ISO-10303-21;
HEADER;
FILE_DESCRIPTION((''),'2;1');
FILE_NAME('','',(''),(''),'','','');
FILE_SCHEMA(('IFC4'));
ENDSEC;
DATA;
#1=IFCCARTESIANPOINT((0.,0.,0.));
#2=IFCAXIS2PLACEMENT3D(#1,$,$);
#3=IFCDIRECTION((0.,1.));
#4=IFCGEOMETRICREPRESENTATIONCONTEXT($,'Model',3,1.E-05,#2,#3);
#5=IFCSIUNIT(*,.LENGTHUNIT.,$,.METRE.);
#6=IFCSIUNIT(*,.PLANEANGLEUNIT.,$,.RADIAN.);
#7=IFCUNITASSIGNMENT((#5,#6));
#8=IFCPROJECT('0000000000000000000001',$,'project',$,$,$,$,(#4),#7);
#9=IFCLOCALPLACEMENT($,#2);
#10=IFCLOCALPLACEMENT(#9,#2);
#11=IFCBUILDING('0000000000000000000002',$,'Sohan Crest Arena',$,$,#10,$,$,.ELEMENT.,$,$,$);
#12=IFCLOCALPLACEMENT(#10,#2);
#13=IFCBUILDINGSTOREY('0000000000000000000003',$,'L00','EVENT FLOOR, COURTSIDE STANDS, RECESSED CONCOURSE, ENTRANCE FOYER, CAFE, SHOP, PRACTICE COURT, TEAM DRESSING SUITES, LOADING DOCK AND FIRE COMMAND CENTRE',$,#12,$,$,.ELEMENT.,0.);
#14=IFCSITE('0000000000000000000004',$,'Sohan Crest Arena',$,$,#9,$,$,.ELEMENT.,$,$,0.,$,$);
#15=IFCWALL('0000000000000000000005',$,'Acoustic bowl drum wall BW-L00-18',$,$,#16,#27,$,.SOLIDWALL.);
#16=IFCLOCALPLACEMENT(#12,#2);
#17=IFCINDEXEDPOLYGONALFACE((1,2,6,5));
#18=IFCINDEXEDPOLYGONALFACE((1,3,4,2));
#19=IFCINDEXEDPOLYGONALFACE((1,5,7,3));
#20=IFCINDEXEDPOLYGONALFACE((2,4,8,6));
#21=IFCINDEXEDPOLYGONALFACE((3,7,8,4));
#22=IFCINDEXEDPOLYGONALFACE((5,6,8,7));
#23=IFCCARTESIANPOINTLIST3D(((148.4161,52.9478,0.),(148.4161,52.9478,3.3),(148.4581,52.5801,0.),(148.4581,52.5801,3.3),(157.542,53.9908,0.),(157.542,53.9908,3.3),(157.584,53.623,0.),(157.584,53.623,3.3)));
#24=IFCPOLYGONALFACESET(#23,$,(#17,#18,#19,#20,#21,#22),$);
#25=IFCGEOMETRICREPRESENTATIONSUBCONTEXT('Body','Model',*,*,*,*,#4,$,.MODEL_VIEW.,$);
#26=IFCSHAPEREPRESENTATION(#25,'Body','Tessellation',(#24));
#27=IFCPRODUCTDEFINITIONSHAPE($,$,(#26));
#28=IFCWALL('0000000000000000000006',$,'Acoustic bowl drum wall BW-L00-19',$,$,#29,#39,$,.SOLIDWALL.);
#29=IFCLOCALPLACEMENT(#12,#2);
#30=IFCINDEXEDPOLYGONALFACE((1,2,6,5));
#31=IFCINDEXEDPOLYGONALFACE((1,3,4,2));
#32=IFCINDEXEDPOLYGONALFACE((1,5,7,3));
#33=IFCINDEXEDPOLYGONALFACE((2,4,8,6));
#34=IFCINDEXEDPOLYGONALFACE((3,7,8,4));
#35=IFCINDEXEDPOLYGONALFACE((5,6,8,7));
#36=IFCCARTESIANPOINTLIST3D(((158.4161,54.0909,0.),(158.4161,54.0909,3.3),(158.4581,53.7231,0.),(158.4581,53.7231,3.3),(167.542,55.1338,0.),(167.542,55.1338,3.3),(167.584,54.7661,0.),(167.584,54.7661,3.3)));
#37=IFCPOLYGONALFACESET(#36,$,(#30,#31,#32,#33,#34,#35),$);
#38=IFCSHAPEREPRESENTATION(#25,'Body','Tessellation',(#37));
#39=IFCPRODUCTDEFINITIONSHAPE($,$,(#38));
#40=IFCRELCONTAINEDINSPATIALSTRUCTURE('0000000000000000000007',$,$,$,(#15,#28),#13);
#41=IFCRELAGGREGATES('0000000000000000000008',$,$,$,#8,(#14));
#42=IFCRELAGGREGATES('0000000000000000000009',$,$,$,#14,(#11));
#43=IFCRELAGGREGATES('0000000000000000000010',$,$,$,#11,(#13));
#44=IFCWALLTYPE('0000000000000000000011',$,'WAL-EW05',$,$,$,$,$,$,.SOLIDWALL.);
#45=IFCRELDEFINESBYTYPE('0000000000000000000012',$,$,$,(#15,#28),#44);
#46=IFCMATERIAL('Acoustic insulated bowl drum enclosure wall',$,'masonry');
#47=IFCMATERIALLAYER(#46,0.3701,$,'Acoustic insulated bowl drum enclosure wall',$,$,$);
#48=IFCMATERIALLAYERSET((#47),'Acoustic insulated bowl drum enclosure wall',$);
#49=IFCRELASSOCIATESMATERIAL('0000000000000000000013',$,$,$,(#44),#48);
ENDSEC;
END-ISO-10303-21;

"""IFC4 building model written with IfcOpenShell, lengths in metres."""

from ifc_helpers import new_model, si_unit, direction, frame, frame_2d, origin, place, context, subcontext, project, spatial, rectangle, extrude, material, layer, layer_set, type_object, element, save


model = new_model("IFC4")

# Units and contexts
model_context = context("Model", 3, precision=1e-05, world=origin(), true_north=direction((0.0, 1.0)))
body_context = subcontext(model_context, "Body", "Model", "MODEL_VIEW")
ifc_project = project(units=[si_unit("LENGTHUNIT", "METRE"), si_unit("PLANEANGLEUNIT", "RADIAN")], contexts=[model_context])

# Site, building, storey
site_placement = place(None, origin())
site = spatial("IfcSite", under=ifc_project, at=site_placement, Name="Sohan Crest Arena", CompositionType="ELEMENT", RefElevation=0.0)
building_placement = place(site_placement, origin())
building = spatial("IfcBuilding", under=site, at=building_placement, Name="Sohan Crest Arena", CompositionType="ELEMENT")
storey_placement = place(building_placement, origin())
storey = spatial("IfcBuildingStorey", under=building, at=storey_placement, Name="L00", Description="EVENT FLOOR, COURTSIDE STANDS, RECESSED CONCOURSE, ENTRANCE FOYER, CAFE, SHOP, PRACTICE COURT, TEAM DRESSING SUITES, LOADING DOCK AND FIRE COMMAND CENTRE", CompositionType="ELEMENT", Elevation=0.0)

# Walls
ifc_material_1 = material(Name="Acoustic insulated bowl drum enclosure wall", Category="masonry")
ifc_layer_1 = layer(ifc_material_1, 0.3701, Name="Acoustic insulated bowl drum enclosure wall")
ifc_layer_set_1 = layer_set([ifc_layer_1], Name="Acoustic insulated bowl drum enclosure wall")
wall_type_1 = type_object("IfcWallType", Name="WAL-EW05", PredefinedType="SOLIDWALL", material=ifc_layer_set_1)
for number, where, z_axis, x_axis, name in (
    (1, (148.437, 52.7639, 0.0), (0.0, 0.0, 1.0), (0.993533, 0.113547, 0.0), "Acoustic bowl drum wall BW-L00-18"),
    (2, (158.437, 53.907, 0.0), (0.0, 0.0, 1.0), (0.993533, 0.113547, 0.0), "Acoustic bowl drum wall BW-L00-19"),
):
    element("IfcWall", number, at=place(storey_placement, frame(where, z_axis=z_axis, x_axis=x_axis)), inside=storey, type_object=wall_type_1, Name=name, PredefinedType="SOLIDWALL", context=body_context, shape_type="SweptSolid", body=[
        extrude(rectangle(XDim=9.1853, YDim=0.3701, at=frame_2d((4.5928, 0.0))), origin(), (0.0, 0.0, 1.0), 3.3),
    ])

save(model, "model.ifc")
